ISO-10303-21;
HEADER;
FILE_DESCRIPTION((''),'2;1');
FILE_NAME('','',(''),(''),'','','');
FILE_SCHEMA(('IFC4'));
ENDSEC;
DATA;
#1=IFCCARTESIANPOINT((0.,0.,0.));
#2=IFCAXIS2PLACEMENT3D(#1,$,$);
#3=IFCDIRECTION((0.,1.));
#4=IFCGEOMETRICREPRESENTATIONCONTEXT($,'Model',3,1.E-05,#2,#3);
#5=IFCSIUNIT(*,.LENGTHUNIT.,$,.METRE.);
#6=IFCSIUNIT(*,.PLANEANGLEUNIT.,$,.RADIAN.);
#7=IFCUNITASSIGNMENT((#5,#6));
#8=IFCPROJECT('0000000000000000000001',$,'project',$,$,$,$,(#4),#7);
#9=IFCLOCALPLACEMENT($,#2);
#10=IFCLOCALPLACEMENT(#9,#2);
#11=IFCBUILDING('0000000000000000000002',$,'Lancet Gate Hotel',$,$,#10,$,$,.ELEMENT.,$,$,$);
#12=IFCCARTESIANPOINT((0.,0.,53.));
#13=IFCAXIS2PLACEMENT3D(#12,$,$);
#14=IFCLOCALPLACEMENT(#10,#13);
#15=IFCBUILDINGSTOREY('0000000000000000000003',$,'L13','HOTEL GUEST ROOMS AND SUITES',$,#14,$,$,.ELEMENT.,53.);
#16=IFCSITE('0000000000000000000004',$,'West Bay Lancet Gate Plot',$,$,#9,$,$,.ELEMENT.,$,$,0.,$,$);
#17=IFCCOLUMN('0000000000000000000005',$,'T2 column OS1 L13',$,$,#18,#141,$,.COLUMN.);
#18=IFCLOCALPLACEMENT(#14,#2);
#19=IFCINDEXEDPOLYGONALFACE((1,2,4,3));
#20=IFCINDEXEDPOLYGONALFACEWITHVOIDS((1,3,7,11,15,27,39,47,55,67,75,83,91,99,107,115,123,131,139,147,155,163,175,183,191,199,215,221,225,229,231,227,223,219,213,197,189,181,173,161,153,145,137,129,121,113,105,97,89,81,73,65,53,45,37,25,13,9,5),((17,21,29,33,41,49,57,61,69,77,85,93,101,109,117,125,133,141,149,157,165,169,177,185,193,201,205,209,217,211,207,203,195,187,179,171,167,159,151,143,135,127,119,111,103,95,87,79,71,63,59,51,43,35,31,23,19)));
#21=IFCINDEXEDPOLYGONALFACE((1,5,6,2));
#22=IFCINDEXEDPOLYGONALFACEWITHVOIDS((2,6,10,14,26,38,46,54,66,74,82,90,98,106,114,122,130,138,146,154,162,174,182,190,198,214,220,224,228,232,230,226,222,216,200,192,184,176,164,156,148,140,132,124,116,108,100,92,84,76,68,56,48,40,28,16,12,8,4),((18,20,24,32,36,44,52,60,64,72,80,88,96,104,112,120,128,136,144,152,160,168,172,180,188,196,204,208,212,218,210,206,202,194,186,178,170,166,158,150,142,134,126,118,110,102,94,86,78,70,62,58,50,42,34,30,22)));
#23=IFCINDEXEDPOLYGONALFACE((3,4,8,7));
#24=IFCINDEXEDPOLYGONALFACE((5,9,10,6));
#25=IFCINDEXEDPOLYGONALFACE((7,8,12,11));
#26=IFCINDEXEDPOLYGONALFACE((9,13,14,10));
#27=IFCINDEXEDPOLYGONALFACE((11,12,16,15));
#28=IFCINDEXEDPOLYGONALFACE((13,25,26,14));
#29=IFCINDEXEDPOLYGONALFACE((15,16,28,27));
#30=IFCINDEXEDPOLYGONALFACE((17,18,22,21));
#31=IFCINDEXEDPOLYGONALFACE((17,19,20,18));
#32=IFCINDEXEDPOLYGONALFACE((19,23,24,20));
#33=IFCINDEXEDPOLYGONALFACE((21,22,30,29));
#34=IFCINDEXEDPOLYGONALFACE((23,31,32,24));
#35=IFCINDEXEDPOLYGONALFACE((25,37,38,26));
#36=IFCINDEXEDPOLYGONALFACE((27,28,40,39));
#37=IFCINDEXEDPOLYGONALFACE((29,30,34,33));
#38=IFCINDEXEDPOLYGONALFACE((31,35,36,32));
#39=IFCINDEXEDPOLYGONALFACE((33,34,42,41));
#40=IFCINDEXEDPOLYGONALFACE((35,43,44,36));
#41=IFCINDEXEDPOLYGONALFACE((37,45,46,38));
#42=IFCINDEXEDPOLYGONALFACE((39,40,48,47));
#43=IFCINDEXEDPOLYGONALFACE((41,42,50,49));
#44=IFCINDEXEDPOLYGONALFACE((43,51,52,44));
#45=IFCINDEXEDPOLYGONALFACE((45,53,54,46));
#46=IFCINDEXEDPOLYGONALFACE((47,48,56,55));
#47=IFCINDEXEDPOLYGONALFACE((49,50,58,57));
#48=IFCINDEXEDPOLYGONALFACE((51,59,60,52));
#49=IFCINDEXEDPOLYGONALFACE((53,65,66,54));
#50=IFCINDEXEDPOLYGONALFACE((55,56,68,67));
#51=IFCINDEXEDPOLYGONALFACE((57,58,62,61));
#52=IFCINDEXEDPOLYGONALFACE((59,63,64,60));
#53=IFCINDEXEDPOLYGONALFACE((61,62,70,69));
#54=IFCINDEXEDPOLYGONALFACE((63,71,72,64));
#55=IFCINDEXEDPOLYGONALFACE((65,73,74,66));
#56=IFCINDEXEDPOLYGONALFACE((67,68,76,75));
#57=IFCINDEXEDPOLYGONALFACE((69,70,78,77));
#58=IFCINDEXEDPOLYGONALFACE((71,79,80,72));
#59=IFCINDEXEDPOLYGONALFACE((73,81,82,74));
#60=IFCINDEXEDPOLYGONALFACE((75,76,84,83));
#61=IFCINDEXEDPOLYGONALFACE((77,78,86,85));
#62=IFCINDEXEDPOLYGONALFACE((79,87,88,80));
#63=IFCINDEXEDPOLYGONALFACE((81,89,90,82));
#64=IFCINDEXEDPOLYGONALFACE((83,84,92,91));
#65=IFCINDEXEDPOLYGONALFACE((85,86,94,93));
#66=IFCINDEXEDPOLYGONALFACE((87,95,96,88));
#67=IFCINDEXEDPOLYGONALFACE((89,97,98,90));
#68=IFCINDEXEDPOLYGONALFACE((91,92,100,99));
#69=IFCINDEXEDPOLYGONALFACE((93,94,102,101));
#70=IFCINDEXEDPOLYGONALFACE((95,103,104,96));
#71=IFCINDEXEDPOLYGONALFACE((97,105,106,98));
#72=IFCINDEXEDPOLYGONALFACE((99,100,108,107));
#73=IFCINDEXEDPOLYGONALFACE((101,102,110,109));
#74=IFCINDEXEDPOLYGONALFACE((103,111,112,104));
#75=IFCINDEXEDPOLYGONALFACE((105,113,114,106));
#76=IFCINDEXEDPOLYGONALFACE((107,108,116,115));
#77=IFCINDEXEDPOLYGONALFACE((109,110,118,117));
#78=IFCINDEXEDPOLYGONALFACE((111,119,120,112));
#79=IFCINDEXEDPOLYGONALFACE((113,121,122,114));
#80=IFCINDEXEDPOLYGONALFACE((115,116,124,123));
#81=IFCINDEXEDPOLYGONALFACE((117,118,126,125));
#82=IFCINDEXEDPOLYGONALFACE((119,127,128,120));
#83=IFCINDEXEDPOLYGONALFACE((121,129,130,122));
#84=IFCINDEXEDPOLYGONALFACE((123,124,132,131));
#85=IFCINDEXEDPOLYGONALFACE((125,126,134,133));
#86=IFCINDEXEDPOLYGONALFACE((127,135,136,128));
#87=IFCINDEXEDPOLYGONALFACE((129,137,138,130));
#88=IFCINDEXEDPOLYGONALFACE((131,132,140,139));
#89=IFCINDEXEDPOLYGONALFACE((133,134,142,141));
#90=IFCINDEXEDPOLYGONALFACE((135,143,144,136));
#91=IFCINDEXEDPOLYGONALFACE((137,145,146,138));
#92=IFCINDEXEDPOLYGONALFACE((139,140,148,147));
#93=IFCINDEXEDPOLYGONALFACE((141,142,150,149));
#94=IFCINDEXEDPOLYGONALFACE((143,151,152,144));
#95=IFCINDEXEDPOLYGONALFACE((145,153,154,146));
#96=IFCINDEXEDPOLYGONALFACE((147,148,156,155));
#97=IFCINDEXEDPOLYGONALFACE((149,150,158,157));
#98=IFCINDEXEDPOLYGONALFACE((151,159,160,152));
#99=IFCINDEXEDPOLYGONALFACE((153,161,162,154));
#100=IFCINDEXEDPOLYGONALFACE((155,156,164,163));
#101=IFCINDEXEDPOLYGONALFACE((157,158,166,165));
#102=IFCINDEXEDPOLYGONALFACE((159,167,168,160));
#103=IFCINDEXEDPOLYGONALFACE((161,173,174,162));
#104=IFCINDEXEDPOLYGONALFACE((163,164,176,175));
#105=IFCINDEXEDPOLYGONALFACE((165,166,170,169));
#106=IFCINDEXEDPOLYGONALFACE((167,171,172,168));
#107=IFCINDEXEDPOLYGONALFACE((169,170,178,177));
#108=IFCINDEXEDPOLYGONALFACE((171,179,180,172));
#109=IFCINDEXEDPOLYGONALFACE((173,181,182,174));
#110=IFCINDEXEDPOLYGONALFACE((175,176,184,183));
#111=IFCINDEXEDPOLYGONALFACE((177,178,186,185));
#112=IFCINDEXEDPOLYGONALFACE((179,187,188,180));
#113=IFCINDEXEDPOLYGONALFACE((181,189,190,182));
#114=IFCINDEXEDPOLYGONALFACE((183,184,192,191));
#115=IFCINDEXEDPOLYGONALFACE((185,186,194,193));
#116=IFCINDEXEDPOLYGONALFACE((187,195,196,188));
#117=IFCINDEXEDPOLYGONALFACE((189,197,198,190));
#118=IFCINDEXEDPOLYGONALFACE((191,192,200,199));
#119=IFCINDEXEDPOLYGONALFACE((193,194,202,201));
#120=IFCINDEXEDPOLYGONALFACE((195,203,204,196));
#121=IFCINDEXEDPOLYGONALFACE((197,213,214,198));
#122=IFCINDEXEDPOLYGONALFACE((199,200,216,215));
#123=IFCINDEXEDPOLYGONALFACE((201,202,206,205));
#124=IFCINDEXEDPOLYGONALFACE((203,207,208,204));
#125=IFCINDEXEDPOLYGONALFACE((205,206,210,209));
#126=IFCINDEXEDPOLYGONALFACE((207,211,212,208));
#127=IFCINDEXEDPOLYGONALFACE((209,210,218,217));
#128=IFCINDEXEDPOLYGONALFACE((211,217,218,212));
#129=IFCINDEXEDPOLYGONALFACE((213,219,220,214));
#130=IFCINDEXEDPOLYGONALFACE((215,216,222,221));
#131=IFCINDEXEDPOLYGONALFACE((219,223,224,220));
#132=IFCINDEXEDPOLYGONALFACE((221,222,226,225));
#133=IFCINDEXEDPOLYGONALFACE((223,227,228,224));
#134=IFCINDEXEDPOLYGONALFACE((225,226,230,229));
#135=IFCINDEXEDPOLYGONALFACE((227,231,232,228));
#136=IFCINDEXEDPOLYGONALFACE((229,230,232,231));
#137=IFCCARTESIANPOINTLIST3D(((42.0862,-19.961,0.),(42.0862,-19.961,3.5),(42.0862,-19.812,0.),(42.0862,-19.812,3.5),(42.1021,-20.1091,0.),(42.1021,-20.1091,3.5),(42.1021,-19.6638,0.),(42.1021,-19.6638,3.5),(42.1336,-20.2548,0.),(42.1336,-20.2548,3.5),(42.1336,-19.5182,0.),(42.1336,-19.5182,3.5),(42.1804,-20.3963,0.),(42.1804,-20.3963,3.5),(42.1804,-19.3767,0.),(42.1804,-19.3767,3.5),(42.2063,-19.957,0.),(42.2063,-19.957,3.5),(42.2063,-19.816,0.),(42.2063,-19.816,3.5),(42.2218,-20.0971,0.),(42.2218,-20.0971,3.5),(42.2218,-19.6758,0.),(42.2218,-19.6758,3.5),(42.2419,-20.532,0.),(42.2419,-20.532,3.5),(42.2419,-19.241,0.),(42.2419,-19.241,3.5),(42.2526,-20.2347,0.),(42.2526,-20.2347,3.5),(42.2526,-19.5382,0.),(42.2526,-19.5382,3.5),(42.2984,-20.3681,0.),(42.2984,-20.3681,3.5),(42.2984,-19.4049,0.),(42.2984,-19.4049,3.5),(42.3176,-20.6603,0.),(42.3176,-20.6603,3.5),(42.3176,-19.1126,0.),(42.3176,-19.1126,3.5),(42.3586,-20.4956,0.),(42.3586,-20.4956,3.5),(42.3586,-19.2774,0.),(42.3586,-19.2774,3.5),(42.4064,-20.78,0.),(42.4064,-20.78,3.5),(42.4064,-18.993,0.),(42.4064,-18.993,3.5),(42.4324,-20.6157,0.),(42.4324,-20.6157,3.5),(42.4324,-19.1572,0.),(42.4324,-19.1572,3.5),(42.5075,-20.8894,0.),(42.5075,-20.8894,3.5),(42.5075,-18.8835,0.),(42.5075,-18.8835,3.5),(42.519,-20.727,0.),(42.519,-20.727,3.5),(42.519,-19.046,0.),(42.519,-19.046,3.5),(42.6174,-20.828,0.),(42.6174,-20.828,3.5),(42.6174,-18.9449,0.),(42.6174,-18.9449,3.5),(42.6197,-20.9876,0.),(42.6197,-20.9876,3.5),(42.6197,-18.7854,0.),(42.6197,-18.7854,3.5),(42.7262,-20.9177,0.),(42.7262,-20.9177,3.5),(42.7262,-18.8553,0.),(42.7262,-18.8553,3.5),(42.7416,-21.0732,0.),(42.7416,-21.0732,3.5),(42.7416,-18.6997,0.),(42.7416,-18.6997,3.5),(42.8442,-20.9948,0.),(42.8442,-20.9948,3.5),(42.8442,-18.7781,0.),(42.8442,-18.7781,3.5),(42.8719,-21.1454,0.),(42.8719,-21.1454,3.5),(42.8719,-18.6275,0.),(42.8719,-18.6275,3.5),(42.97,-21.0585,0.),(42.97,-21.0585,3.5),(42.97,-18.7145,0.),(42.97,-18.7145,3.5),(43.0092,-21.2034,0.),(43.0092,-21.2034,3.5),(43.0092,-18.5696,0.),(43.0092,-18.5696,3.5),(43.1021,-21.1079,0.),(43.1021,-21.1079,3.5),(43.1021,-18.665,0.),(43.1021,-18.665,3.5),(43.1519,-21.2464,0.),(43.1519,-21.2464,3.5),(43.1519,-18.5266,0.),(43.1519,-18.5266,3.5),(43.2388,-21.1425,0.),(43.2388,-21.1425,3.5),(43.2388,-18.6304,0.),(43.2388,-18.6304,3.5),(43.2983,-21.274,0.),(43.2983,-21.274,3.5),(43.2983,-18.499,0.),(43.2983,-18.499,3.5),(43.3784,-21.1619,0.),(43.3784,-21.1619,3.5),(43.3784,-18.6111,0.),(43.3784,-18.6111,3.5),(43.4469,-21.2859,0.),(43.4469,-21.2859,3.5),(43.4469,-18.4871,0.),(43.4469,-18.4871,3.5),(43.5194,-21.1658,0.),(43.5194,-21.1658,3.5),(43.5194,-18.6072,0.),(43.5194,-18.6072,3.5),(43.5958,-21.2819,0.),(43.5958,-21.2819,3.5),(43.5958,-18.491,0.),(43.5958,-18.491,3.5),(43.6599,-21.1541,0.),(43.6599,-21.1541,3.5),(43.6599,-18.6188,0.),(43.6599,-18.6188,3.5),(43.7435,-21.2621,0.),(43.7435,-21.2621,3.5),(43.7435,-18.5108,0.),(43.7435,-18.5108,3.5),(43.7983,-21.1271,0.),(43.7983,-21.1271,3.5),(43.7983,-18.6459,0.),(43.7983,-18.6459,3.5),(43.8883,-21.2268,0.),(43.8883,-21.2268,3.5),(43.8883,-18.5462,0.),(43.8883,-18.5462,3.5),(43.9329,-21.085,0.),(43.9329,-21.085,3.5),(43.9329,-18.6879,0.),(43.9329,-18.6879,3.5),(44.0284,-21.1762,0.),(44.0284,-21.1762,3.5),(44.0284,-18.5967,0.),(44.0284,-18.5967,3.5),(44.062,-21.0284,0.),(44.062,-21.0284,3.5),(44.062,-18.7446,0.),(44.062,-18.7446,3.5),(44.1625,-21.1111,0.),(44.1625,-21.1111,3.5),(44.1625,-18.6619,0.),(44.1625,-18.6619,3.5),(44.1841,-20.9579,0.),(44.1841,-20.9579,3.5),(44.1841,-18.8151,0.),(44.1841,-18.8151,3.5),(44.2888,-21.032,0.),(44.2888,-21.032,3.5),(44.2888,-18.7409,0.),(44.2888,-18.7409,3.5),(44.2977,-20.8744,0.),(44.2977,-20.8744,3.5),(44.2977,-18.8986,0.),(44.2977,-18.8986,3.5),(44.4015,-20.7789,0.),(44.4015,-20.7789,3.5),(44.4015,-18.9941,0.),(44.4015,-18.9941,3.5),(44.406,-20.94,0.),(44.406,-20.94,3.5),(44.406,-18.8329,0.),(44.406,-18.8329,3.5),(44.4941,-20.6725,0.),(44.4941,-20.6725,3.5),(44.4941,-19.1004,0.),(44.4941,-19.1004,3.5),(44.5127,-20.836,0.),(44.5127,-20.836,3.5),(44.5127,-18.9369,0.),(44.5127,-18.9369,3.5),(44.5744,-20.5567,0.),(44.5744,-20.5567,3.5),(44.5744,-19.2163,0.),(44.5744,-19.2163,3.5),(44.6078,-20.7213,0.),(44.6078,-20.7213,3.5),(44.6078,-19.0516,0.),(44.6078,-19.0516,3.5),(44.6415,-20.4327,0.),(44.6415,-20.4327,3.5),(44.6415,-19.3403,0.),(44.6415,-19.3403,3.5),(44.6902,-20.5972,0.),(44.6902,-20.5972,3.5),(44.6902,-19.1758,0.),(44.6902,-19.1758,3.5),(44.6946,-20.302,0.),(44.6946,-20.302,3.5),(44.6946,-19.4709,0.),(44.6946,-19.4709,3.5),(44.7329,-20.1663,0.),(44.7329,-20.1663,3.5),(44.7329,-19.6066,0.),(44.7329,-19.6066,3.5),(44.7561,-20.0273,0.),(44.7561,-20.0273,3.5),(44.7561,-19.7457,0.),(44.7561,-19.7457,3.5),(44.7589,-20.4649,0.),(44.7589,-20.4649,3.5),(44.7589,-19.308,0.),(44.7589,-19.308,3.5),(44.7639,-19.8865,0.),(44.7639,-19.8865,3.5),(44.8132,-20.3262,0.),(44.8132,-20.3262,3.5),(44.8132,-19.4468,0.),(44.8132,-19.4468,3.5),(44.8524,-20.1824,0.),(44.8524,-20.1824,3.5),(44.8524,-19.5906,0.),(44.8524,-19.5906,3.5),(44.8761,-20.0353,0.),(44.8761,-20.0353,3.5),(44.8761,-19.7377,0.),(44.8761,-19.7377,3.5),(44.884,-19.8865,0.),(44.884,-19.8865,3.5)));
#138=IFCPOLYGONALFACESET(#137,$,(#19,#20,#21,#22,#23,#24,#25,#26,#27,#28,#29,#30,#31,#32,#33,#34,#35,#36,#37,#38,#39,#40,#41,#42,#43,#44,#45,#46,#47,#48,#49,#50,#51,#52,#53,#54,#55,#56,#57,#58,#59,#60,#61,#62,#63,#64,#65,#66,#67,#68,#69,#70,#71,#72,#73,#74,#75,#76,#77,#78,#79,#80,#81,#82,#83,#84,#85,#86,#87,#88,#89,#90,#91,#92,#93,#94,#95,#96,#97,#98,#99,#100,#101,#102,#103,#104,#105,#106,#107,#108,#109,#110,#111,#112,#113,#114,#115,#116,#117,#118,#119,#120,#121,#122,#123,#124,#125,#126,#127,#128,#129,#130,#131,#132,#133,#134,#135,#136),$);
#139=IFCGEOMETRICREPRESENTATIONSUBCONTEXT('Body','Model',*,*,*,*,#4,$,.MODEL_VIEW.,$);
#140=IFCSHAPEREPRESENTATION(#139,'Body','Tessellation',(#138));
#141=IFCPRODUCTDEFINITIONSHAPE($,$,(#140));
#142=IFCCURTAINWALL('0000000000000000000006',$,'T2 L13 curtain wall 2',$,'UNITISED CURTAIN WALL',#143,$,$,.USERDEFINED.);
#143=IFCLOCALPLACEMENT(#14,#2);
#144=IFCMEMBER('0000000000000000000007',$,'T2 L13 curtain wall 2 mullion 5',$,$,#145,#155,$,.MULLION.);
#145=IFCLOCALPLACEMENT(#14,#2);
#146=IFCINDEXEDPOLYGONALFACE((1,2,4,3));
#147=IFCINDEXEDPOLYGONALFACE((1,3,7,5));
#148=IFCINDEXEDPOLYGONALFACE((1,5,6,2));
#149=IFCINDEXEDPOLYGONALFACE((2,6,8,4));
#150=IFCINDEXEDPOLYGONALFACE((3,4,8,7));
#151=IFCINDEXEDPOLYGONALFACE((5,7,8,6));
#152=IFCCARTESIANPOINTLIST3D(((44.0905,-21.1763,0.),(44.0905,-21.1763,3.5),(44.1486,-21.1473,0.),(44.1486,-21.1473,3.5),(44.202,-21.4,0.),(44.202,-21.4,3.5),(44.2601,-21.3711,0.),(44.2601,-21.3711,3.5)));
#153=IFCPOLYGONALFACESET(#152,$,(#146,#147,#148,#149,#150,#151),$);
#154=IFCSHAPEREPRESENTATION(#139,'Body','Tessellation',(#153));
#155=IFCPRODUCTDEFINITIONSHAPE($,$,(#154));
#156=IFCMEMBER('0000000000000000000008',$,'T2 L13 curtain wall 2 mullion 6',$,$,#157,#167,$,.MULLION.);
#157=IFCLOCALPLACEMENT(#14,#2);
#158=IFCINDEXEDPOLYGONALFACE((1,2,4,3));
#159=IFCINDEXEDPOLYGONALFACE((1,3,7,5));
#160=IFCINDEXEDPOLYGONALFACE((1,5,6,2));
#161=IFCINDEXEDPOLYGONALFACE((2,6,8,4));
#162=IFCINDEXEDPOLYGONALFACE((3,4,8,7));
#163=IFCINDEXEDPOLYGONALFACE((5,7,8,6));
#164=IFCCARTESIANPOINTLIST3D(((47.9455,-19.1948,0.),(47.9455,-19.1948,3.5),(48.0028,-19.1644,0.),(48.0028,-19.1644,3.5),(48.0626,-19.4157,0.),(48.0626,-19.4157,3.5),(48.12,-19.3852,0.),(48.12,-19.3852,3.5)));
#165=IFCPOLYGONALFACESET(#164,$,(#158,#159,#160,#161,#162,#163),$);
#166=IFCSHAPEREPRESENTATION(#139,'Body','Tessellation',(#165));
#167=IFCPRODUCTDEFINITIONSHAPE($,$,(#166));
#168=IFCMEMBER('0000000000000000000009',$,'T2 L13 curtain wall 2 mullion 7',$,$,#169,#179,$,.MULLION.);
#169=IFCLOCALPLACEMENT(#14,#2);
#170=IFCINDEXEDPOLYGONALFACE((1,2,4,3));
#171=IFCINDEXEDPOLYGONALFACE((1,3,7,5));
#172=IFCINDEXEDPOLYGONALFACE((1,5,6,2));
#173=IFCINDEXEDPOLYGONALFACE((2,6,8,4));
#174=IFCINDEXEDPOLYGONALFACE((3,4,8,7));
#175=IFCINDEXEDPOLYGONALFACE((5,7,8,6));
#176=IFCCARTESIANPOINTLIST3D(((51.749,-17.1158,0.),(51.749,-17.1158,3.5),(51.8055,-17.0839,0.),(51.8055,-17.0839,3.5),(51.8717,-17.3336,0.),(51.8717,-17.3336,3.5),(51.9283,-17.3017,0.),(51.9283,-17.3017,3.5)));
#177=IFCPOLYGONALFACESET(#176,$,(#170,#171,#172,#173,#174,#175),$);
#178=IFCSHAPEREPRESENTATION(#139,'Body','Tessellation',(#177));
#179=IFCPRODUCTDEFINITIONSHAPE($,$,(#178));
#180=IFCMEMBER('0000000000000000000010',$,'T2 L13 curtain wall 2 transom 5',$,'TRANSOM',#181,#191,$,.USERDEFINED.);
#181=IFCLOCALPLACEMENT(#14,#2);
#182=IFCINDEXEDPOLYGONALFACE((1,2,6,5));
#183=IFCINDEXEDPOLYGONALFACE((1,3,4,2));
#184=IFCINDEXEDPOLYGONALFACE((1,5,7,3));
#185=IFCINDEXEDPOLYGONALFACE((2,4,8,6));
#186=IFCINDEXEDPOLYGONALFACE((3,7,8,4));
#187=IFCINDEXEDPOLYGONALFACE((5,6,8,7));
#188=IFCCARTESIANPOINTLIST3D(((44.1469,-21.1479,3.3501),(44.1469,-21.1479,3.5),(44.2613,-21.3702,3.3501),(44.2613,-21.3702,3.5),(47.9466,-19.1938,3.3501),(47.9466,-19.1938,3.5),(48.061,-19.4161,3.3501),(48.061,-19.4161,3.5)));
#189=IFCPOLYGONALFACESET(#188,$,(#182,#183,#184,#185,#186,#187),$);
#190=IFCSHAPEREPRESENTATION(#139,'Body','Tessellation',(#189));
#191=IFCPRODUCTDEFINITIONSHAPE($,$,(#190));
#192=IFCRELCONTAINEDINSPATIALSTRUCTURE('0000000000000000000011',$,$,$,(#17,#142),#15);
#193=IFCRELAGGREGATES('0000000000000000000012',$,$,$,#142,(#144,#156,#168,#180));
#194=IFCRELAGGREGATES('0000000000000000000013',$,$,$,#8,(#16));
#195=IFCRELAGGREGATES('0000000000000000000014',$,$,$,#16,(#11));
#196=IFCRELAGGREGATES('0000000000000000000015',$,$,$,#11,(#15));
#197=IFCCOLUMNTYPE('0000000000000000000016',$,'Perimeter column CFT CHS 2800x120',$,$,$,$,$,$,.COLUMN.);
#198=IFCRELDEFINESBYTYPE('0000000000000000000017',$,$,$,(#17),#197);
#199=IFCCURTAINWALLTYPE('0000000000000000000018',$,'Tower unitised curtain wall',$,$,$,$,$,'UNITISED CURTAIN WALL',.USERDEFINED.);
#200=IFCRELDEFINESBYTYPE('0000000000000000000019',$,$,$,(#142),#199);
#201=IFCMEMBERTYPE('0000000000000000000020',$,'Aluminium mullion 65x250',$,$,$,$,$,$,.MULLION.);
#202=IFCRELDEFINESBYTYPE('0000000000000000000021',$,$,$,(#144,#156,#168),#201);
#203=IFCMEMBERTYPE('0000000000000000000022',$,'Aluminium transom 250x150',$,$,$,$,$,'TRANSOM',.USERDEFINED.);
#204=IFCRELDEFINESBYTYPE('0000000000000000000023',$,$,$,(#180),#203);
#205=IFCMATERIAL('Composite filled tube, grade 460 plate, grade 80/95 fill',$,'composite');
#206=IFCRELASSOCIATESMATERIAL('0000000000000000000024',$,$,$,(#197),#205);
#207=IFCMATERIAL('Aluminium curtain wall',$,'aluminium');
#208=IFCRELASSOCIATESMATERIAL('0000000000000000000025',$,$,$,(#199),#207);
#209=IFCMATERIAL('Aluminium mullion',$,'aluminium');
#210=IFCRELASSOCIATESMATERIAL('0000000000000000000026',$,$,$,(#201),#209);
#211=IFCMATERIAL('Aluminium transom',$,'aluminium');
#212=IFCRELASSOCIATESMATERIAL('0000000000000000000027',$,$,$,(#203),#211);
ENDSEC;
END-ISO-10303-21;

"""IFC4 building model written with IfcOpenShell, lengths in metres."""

from ifc_helpers import new_model, si_unit, direction, frame, origin, origin_2d, place, context, subcontext, project, spatial, rectangle, hollow_circle, extrude, material, material_profile, profile_set, type_object, element, aggregate, save


model = new_model("IFC4")

# Units and contexts
model_context = context("Model", 3, precision=1e-05, world=origin(), true_north=direction((0.0, 1.0)))
body_context = subcontext(model_context, "Body", "Model", "MODEL_VIEW")
ifc_project = project(units=[si_unit("LENGTHUNIT", "METRE"), si_unit("PLANEANGLEUNIT", "RADIAN")], contexts=[model_context])

# Site, building, storey
site_placement = place(None, origin())
site = spatial("IfcSite", under=ifc_project, at=site_placement, Name="West Bay Lancet Gate Plot", CompositionType="ELEMENT", RefElevation=0.0)
building_placement = place(site_placement, origin())
building = spatial("IfcBuilding", under=site, at=building_placement, Name="Lancet Gate Hotel", CompositionType="ELEMENT")
storey_placement = place(building_placement, frame((0.0, 0.0, 53.0)))
storey = spatial("IfcBuildingStorey", under=building, at=storey_placement, Name="L13", Description="HOTEL GUEST ROOMS AND SUITES", CompositionType="ELEMENT", Elevation=53.0)

# Column
ifc_material_1 = material(Name="Composite filled tube, grade 460 plate, grade 80/95 fill", Category="composite")
ifc_material_profile_1 = material_profile(ifc_material_1, hollow_circle(Radius=1.3999, WallThickness=0.1201, at=origin_2d()), Name="CHS 2800x120")
ifc_profile_set_1 = profile_set([ifc_material_profile_1], Name="Composite filled tube, grade 460 plate, grade 80/95 fill")
column_type = type_object("IfcColumnType", Name="Perimeter column CFT CHS 2800x120", PredefinedType="COLUMN", material=ifc_profile_set_1)
column_placement = place(storey_placement, frame((43.4841, -19.8865, 0.0), z_axis=(0.0, 0.0, 1.0), x_axis=(1.0, 0.0, 0.0)))
element("IfcColumn", 1, at=column_placement, inside=storey, type_object=column_type, Name="T2 column OS1 L13", PredefinedType="COLUMN", context=body_context, shape_type="SweptSolid", body=[
    extrude(hollow_circle(Radius=1.3999, WallThickness=0.1201, at=origin_2d()), origin(), (0.0, 0.0, 1.0), 3.5),
])

# Curtain wall, members
ifc_material_2 = material(Name="Aluminium curtain wall", Category="aluminium")
curtain_wall_type = type_object("IfcCurtainWallType", Name="Tower unitised curtain wall", ElementType="UNITISED CURTAIN WALL", PredefinedType="USERDEFINED", material=ifc_material_2)
curtain_wall_placement = place(storey_placement, origin())
curtain_wall = element("IfcCurtainWall", 2, at=curtain_wall_placement, inside=storey, type_object=curtain_wall_type, Name="T2 L13 curtain wall 2", ObjectType="UNITISED CURTAIN WALL", PredefinedType="USERDEFINED")
ifc_material_3 = material(Name="Aluminium mullion", Category="aluminium")
ifc_material_profile_2 = material_profile(ifc_material_3, rectangle(XDim=0.0649, YDim=0.25, at=origin_2d()), Name="MULLION 65x250")
ifc_profile_set_2 = profile_set([ifc_material_profile_2], Name="Aluminium mullion")
member_type_1 = type_object("IfcMemberType", Name="Aluminium mullion 65x250", PredefinedType="MULLION", material=ifc_profile_set_2)
member_1_placement = place(storey_placement, frame((44.1753, -21.2737, 0.0), z_axis=(0.0, 0.0, 1.0), x_axis=(0.895044, 0.445978, 0.0)))
member_1 = element("IfcMember", 3, at=member_1_placement, type_object=member_type_1, Name="T2 L13 curtain wall 2 mullion 5", PredefinedType="MULLION", context=body_context, shape_type="SweptSolid", body=[
    extrude(rectangle(XDim=0.0649, YDim=0.25, at=origin_2d()), origin(), (0.0, 0.0, 1.0), 3.5),
])
member_2_placement = place(storey_placement, frame((48.0327, -19.29, 0.0), z_axis=(0.0, 0.0, 1.0), x_axis=(0.883403, 0.468613, 0.0)))
member_2 = element("IfcMember", 4, at=member_2_placement, type_object=member_type_1, Name="T2 L13 curtain wall 2 mullion 6", PredefinedType="MULLION", context=body_context, shape_type="SweptSolid", body=[
    extrude(rectangle(XDim=0.0649, YDim=0.25, at=origin_2d()), origin(), (0.0, 0.0, 1.0), 3.5),
])
member_3_placement = place(storey_placement, frame((51.8386, -17.2087, 0.0), z_axis=(0.0, 0.0, 1.0), x_axis=(0.87119, 0.490945, 0.0)))
member_3 = element("IfcMember", 5, at=member_3_placement, type_object=member_type_1, Name="T2 L13 curtain wall 2 mullion 7", PredefinedType="MULLION", context=body_context, shape_type="SweptSolid", body=[
    extrude(rectangle(XDim=0.0649, YDim=0.25, at=origin_2d()), origin(), (0.0, 0.0, 1.0), 3.5),
])
ifc_material_4 = material(Name="Aluminium transom", Category="aluminium")
ifc_material_profile_3 = material_profile(ifc_material_4, rectangle(XDim=0.25, YDim=0.1499, at=origin_2d()), Name="TRANSOM 250x150")
ifc_profile_set_3 = profile_set([ifc_material_profile_3], Name="Aluminium transom")
member_type_2 = type_object("IfcMemberType", Name="Aluminium transom 250x150", ElementType="TRANSOM", PredefinedType="USERDEFINED", material=ifc_profile_set_3)
member_4_placement = place(storey_placement, frame((44.2041, -21.259, 3.425), z_axis=(0.889296, 0.457333, 0.0), x_axis=(-0.457333, 0.889296, 0.0)))
member_4 = element("IfcMember", 6, at=member_4_placement, type_object=member_type_2, Name="T2 L13 curtain wall 2 transom 5", ObjectType="TRANSOM", PredefinedType="USERDEFINED", context=body_context, shape_type="SweptSolid", body=[
    extrude(rectangle(XDim=0.25, YDim=0.1499, at=origin_2d()), origin(), (0.0, 0.0, 1.0), 4.2727),
])

aggregate(curtain_wall, [member_1, member_2, member_3, member_4])

save(model, "model.ifc")
